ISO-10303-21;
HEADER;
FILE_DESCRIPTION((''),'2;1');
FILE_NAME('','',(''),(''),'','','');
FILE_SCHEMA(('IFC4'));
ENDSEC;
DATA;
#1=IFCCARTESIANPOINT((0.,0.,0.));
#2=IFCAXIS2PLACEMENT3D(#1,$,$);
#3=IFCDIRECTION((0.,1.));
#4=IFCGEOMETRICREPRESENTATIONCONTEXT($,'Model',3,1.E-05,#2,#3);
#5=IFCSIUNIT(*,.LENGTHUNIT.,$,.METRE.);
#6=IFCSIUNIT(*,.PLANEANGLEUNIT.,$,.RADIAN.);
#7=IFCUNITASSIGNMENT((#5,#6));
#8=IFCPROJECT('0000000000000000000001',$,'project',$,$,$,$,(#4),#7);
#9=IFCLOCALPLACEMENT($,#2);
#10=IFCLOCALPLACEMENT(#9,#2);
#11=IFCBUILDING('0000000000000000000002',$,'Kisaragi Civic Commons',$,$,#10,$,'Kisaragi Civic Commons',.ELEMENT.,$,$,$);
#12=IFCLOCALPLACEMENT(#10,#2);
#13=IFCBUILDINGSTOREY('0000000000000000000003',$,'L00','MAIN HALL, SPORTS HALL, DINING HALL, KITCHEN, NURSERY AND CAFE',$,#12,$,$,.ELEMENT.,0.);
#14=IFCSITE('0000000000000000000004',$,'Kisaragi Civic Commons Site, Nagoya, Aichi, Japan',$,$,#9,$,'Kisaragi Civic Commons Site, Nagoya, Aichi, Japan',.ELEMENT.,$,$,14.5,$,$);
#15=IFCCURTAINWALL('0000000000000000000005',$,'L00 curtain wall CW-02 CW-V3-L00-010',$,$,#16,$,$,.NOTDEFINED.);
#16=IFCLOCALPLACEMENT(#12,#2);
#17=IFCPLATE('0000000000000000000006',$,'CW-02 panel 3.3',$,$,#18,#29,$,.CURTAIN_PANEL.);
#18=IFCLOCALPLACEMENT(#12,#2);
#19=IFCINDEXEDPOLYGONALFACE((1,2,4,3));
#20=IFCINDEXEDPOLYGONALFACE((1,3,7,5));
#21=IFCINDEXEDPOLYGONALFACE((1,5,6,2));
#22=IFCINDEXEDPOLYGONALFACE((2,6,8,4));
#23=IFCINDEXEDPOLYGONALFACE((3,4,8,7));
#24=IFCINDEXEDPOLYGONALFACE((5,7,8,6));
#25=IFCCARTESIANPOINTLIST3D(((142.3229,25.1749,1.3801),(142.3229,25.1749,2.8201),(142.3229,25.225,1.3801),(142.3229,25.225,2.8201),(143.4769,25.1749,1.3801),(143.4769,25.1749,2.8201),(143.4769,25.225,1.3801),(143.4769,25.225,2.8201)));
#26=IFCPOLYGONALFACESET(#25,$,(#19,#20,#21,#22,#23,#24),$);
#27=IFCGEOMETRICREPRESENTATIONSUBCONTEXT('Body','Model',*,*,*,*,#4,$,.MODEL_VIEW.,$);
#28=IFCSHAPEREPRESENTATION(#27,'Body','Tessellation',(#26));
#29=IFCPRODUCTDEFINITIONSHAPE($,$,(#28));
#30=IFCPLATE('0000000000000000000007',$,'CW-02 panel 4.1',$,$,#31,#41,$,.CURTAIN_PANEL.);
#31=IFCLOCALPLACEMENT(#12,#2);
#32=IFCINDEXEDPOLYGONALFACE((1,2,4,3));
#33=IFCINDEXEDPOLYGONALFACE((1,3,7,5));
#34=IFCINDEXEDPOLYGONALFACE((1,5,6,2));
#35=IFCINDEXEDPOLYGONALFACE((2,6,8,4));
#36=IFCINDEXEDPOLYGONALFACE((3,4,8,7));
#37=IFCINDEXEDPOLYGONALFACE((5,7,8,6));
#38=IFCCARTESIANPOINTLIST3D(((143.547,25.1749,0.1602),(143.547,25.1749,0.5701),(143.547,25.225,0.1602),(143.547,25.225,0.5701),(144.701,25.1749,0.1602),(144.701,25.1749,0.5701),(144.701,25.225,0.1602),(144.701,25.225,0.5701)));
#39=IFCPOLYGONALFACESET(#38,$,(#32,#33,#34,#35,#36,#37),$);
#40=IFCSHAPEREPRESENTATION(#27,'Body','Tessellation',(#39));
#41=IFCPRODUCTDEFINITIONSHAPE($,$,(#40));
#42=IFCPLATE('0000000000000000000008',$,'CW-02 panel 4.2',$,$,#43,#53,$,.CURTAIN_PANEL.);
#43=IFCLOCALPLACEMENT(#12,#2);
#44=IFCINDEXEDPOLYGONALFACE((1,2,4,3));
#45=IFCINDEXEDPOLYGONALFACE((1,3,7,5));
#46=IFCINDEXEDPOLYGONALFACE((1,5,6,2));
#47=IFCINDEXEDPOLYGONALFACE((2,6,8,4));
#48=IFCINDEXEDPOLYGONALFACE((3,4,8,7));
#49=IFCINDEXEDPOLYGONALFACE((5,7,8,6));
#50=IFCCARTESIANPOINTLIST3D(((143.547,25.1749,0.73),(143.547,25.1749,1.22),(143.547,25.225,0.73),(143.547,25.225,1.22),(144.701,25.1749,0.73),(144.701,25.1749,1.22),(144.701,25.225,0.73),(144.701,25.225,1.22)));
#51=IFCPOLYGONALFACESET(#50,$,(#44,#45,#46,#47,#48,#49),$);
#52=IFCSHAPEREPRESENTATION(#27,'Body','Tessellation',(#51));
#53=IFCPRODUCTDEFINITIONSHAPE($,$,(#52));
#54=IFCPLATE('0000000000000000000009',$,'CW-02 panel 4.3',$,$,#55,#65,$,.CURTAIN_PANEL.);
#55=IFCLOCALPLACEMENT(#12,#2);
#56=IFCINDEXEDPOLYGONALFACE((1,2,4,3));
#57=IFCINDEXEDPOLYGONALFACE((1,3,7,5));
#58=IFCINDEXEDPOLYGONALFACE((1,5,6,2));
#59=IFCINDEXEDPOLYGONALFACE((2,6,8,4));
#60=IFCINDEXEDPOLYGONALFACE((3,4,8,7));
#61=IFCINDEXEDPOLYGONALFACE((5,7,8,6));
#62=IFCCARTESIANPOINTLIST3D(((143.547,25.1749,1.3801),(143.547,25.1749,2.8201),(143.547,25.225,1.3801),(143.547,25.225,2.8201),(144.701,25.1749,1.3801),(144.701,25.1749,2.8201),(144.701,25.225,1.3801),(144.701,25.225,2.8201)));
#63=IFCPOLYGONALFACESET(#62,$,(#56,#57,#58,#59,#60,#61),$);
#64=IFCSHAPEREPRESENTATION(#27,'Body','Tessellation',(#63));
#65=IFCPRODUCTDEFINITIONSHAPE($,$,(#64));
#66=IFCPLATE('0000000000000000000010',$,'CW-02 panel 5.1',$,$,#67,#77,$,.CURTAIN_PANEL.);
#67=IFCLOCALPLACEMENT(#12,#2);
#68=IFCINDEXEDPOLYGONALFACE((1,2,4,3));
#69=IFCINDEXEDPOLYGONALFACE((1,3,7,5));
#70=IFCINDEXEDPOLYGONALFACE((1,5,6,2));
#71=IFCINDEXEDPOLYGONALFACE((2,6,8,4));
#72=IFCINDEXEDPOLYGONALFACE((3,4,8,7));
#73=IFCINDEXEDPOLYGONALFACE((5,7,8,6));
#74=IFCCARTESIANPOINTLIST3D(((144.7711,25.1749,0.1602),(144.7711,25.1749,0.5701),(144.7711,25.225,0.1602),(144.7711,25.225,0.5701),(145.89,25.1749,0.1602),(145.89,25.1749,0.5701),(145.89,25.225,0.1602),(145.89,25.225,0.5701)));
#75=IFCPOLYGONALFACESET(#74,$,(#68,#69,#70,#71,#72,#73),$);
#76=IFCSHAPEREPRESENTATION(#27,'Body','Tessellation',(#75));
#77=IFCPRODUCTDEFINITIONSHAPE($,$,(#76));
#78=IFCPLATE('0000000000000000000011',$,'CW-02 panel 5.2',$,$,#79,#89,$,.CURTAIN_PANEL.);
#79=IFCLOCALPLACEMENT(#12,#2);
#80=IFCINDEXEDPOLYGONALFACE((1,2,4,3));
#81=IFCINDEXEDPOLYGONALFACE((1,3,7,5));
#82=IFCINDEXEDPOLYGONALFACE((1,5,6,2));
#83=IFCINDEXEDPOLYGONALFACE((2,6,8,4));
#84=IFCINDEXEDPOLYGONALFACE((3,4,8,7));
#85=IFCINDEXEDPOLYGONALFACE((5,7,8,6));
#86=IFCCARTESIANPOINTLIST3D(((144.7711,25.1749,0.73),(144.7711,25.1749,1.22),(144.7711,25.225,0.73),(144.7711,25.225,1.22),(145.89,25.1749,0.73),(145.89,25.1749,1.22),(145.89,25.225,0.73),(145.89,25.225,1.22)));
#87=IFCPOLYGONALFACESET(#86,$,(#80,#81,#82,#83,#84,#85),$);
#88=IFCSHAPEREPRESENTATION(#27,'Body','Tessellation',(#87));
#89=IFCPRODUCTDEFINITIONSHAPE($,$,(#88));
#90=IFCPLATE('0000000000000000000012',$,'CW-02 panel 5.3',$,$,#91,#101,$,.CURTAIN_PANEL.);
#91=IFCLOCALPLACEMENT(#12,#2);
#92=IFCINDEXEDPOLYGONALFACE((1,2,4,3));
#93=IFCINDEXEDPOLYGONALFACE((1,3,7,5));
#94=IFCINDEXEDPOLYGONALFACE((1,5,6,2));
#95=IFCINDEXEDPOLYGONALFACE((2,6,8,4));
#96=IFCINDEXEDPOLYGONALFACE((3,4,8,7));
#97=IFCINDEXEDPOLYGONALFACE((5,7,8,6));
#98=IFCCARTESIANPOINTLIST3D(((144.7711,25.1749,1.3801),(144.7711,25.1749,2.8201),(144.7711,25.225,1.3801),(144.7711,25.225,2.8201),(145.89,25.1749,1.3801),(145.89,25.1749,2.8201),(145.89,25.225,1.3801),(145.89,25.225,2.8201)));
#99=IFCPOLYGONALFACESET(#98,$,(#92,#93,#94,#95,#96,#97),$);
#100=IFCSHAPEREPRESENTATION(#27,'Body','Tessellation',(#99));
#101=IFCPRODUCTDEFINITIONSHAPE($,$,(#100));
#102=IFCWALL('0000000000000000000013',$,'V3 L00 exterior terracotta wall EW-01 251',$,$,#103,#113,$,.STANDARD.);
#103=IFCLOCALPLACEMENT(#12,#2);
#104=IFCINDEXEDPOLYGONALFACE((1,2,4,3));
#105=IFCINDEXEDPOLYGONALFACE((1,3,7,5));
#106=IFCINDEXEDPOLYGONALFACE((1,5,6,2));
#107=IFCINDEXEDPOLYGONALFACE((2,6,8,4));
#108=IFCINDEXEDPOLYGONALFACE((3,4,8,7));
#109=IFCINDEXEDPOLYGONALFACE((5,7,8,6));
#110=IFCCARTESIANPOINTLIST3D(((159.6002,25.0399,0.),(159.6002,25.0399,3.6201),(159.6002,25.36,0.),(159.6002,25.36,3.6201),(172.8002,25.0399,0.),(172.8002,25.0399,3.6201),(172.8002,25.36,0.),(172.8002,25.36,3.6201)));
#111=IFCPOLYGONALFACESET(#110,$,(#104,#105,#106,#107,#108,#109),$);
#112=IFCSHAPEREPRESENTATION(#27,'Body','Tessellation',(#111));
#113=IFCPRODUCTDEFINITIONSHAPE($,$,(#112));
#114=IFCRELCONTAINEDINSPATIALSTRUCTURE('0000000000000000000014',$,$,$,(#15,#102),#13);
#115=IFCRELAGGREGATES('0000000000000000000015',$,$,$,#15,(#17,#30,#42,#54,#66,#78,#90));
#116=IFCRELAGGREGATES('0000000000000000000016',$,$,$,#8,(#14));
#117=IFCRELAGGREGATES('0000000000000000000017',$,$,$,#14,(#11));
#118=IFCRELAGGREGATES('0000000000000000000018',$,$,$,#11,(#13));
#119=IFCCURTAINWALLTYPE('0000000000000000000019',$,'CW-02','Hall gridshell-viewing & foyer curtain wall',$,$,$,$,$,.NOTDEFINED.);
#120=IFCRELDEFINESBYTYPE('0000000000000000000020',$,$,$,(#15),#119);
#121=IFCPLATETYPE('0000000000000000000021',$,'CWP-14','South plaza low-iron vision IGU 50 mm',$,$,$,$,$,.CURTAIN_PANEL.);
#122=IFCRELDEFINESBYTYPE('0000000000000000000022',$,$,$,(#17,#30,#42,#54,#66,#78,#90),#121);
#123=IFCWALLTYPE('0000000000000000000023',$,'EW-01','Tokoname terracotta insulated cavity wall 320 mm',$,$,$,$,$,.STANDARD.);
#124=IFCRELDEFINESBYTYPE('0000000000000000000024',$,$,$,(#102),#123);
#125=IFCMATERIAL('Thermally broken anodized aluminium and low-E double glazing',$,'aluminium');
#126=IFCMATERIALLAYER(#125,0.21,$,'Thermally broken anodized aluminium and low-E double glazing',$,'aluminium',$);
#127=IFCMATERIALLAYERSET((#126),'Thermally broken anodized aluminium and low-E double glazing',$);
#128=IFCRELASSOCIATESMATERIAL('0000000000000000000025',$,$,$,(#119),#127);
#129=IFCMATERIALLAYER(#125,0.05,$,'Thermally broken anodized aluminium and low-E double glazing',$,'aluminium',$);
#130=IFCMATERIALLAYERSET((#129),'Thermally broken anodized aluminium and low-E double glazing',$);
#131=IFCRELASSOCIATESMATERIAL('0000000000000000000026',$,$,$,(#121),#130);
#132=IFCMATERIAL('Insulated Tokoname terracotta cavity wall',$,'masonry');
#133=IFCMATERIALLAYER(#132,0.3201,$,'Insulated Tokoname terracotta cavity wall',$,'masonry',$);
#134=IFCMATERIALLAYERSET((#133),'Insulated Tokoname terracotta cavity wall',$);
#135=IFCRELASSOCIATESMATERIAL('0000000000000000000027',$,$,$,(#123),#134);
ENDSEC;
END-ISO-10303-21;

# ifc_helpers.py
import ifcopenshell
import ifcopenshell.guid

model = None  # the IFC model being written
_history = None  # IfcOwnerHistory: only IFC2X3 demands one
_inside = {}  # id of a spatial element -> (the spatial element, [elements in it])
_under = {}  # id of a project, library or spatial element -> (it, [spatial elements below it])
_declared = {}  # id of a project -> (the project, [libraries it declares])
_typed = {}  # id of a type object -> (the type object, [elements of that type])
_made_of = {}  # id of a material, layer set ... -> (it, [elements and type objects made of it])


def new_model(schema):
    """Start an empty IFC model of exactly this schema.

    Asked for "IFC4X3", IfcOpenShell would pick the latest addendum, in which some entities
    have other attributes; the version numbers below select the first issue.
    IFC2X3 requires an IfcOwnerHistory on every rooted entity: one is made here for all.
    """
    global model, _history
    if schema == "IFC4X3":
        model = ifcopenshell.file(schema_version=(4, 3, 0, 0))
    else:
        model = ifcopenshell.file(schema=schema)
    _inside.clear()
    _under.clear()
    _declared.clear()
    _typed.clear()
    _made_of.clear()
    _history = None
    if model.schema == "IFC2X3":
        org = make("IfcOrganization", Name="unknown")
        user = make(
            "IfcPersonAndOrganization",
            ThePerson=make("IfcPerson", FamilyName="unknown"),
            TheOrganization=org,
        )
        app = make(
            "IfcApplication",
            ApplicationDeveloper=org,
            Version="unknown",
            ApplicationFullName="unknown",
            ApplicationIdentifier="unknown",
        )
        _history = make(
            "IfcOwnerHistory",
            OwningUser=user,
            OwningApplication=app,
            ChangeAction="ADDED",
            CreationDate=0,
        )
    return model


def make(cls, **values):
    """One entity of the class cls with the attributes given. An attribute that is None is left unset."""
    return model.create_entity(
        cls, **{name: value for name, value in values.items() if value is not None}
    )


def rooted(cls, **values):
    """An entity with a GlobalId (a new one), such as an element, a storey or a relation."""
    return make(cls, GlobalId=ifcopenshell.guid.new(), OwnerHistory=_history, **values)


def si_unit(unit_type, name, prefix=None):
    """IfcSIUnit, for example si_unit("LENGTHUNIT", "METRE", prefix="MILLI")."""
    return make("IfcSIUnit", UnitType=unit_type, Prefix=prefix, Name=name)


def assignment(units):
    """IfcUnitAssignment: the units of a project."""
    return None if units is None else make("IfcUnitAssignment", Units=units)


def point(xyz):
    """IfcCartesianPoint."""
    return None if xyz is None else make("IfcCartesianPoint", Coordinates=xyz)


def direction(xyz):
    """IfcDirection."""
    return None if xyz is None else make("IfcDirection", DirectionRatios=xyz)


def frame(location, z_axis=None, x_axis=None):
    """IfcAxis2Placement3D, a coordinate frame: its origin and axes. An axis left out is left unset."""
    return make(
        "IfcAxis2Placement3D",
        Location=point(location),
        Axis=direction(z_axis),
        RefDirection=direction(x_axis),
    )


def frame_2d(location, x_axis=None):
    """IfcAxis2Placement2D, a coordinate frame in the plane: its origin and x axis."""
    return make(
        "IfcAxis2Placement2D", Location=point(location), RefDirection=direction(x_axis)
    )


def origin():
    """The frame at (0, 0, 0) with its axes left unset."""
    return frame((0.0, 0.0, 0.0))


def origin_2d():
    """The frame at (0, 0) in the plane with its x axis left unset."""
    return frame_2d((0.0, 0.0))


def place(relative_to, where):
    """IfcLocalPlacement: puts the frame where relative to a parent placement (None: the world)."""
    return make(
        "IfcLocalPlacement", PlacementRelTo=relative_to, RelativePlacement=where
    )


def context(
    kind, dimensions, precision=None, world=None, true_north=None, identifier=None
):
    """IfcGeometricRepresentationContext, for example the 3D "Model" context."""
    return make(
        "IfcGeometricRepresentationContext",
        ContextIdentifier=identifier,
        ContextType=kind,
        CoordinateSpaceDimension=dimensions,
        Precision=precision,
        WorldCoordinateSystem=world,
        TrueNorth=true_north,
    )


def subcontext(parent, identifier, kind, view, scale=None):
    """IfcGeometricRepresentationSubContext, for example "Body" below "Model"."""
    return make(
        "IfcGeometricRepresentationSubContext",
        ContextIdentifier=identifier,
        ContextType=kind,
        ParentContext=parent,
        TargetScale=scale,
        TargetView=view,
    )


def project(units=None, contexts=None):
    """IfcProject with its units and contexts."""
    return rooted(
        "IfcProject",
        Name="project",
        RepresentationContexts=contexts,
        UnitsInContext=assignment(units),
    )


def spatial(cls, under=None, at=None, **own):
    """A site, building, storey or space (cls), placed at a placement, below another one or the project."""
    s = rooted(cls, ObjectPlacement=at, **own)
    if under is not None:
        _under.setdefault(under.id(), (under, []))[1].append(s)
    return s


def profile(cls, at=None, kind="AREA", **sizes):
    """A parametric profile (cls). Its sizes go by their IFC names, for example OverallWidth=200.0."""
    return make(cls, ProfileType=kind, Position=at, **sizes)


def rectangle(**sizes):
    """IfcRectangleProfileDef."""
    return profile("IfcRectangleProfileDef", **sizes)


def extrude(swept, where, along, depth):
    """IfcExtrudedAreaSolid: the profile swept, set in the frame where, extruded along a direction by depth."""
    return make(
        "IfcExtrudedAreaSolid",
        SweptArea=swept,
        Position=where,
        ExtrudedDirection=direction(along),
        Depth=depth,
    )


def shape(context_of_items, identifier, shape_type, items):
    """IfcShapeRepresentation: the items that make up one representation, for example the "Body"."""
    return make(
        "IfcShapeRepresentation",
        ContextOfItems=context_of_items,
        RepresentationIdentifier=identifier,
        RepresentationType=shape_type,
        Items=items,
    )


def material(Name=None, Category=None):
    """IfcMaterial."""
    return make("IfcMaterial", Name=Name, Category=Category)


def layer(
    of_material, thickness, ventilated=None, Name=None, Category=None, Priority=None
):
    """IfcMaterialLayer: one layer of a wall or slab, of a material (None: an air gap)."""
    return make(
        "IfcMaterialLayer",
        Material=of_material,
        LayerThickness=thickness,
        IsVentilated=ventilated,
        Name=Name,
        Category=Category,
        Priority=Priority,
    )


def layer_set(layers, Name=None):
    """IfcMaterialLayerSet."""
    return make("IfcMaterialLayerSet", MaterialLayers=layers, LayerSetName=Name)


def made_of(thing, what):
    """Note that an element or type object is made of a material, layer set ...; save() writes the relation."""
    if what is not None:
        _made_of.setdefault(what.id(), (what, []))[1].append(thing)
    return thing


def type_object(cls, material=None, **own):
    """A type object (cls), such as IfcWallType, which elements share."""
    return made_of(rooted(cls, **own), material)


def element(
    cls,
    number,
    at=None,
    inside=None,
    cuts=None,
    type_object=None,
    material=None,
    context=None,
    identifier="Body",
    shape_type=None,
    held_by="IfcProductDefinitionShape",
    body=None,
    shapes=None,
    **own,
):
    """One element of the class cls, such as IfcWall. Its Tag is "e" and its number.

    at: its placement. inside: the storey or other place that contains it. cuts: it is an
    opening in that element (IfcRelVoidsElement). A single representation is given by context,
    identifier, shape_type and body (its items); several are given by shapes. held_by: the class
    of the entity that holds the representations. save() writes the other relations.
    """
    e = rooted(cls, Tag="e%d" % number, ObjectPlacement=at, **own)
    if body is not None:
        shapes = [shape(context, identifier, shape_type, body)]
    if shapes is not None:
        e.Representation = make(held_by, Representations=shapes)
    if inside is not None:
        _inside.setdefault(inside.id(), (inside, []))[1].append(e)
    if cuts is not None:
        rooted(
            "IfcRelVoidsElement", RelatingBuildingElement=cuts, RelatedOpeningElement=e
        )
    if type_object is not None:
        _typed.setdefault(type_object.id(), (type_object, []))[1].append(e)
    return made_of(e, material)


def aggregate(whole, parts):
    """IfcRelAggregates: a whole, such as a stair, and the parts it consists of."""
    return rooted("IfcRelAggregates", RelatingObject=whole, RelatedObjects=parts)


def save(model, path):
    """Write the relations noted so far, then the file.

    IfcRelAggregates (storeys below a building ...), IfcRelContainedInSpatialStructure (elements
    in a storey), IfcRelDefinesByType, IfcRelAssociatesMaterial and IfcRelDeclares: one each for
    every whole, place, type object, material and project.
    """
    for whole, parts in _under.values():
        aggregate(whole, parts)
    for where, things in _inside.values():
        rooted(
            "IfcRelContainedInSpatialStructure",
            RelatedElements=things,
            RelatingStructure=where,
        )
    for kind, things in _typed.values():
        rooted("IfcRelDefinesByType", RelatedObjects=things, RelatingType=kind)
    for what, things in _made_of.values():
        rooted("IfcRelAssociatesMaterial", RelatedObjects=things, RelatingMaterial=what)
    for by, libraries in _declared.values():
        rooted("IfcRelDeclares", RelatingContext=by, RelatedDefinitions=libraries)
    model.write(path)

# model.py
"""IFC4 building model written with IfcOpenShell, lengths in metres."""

from ifc_helpers import new_model, si_unit, direction, frame, frame_2d, origin, origin_2d, place, context, subcontext, project, spatial, rectangle, extrude, material, layer, layer_set, type_object, element, aggregate, save


model = new_model("IFC4")

# Units and contexts
model_context = context("Model", 3, precision=1e-05, world=origin(), true_north=direction((0.0, 1.0)))
body_context = subcontext(model_context, "Body", "Model", "MODEL_VIEW")
ifc_project = project(units=[si_unit("LENGTHUNIT", "METRE"), si_unit("PLANEANGLEUNIT", "RADIAN")], contexts=[model_context])

# Site, building, storey
site_placement = place(None, origin())
site = spatial("IfcSite", under=ifc_project, at=site_placement, Name="Kisaragi Civic Commons Site, Nagoya, Aichi, Japan", LongName="Kisaragi Civic Commons Site, Nagoya, Aichi, Japan", CompositionType="ELEMENT", RefElevation=14.5)
building_placement = place(site_placement, origin())
building = spatial("IfcBuilding", under=site, at=building_placement, Name="Kisaragi Civic Commons", LongName="Kisaragi Civic Commons", CompositionType="ELEMENT")
storey_placement = place(building_placement, origin())
storey = spatial("IfcBuildingStorey", under=building, at=storey_placement, Name="L00", Description="MAIN HALL, SPORTS HALL, DINING HALL, KITCHEN, NURSERY AND CAFE", CompositionType="ELEMENT", Elevation=0.0)

# Curtain wall
ifc_material_1 = material(Name="Thermally broken anodized aluminium and low-E double glazing", Category="aluminium")
ifc_layer_1 = layer(ifc_material_1, 0.21, Name="Thermally broken anodized aluminium and low-E double glazing", Category="aluminium")
ifc_layer_set_1 = layer_set([ifc_layer_1], Name="Thermally broken anodized aluminium and low-E double glazing")
curtain_wall_type = type_object("IfcCurtainWallType", Name="CW-02", Description="Hall gridshell-viewing & foyer curtain wall", PredefinedType="NOTDEFINED", material=ifc_layer_set_1)
curtain_wall_placement = place(storey_placement, origin())
curtain_wall = element("IfcCurtainWall", 1, at=curtain_wall_placement, inside=storey, type_object=curtain_wall_type, Name="L00 curtain wall CW-02 CW-V3-L00-010", PredefinedType="NOTDEFINED")

# Plates
ifc_layer_2 = layer(ifc_material_1, 0.05, Name="Thermally broken anodized aluminium and low-E double glazing", Category="aluminium")
ifc_layer_set_2 = layer_set([ifc_layer_2], Name="Thermally broken anodized aluminium and low-E double glazing")
plate_type = type_object("IfcPlateType", Name="CWP-14", Description="South plaza low-iron vision IGU 50 mm", PredefinedType="CURTAIN_PANEL", material=ifc_layer_set_2)
plate_1_placement = place(storey_placement, frame((142.8999, 25.2, 1.3801), z_axis=(0.0, 0.0, 1.0), x_axis=(1.0, 0.0, 0.0)))
plate_1 = element("IfcPlate", 2, at=plate_1_placement, type_object=plate_type, Name="CW-02 panel 3.3", PredefinedType="CURTAIN_PANEL", context=body_context, shape_type="SweptSolid", body=[
    extrude(rectangle(XDim=1.1541, YDim=0.05, at=origin_2d()), origin(), (0.0, 0.0, 1.0), 1.4399),
])
plate_2_placement = place(storey_placement, frame((144.124, 25.2, 0.1602), z_axis=(0.0, 0.0, 1.0), x_axis=(1.0, 0.0, 0.0)))
plate_2 = element("IfcPlate", 3, at=plate_2_placement, type_object=plate_type, Name="CW-02 panel 4.1", PredefinedType="CURTAIN_PANEL", context=body_context, shape_type="SweptSolid", body=[
    extrude(rectangle(XDim=1.1541, YDim=0.05, at=origin_2d()), origin(), (0.0, 0.0, 1.0), 0.4099),
])
plate_3_placement = place(storey_placement, frame((144.124, 25.2, 0.73), z_axis=(0.0, 0.0, 1.0), x_axis=(1.0, 0.0, 0.0)))
plate_3 = element("IfcPlate", 4, at=plate_3_placement, type_object=plate_type, Name="CW-02 panel 4.2", PredefinedType="CURTAIN_PANEL", context=body_context, shape_type="SweptSolid", body=[
    extrude(rectangle(XDim=1.1541, YDim=0.05, at=origin_2d()), origin(), (0.0, 0.0, 1.0), 0.49),
])
plate_4_placement = place(storey_placement, frame((144.124, 25.2, 1.3801), z_axis=(0.0, 0.0, 1.0), x_axis=(1.0, 0.0, 0.0)))
plate_4 = element("IfcPlate", 5, at=plate_4_placement, type_object=plate_type, Name="CW-02 panel 4.3", PredefinedType="CURTAIN_PANEL", context=body_context, shape_type="SweptSolid", body=[
    extrude(rectangle(XDim=1.1541, YDim=0.05, at=origin_2d()), origin(), (0.0, 0.0, 1.0), 1.4399),
])
plate_5_placement = place(storey_placement, frame((145.3306, 25.2, 0.1602), z_axis=(0.0, 0.0, 1.0), x_axis=(1.0, 0.0, 0.0)))
plate_5 = element("IfcPlate", 6, at=plate_5_placement, type_object=plate_type, Name="CW-02 panel 5.1", PredefinedType="CURTAIN_PANEL", context=body_context, shape_type="SweptSolid", body=[
    extrude(rectangle(XDim=1.1189, YDim=0.05, at=origin_2d()), origin(), (0.0, 0.0, 1.0), 0.4099),
])
plate_6_placement = place(storey_placement, frame((145.3306, 25.2, 0.73), z_axis=(0.0, 0.0, 1.0), x_axis=(1.0, 0.0, 0.0)))
plate_6 = element("IfcPlate", 7, at=plate_6_placement, type_object=plate_type, Name="CW-02 panel 5.2", PredefinedType="CURTAIN_PANEL", context=body_context, shape_type="SweptSolid", body=[
    extrude(rectangle(XDim=1.1189, YDim=0.05, at=origin_2d()), origin(), (0.0, 0.0, 1.0), 0.49),
])
plate_7_placement = place(storey_placement, frame((145.3306, 25.2, 1.3801), z_axis=(0.0, 0.0, 1.0), x_axis=(1.0, 0.0, 0.0)))
plate_7 = element("IfcPlate", 8, at=plate_7_placement, type_object=plate_type, Name="CW-02 panel 5.3", PredefinedType="CURTAIN_PANEL", context=body_context, shape_type="SweptSolid", body=[
    extrude(rectangle(XDim=1.1189, YDim=0.05, at=origin_2d()), origin(), (0.0, 0.0, 1.0), 1.4399),
])
aggregate(curtain_wall, [plate_1, plate_2, plate_3, plate_4, plate_5, plate_6, plate_7])

# Shared definitions
ifc_material_2 = material(Name="Insulated Tokoname terracotta cavity wall", Category="masonry")
ifc_layer_3 = layer(ifc_material_2, 0.3201, Name="Insulated Tokoname terracotta cavity wall", Category="masonry")
ifc_layer_set_3 = layer_set([ifc_layer_3], Name="Insulated Tokoname terracotta cavity wall")
wall_type = type_object("IfcWallType", Name="EW-01", Description="Tokoname terracotta insulated cavity wall 320 mm", PredefinedType="STANDARD", material=ifc_layer_set_3)

# Wall
wall_1_placement = place(storey_placement, frame((159.6001, 25.2, 0.0), z_axis=(0.0, 0.0, 1.0), x_axis=(1.0, 0.0, 0.0)))
element("IfcWall", 9, at=wall_1_placement, inside=storey, type_object=wall_type, Name="V3 L00 exterior terracotta wall EW-01 251", PredefinedType="STANDARD", context=body_context, shape_type="SweptSolid", body=[
    extrude(rectangle(XDim=13.2, YDim=0.3201, at=frame_2d((6.6001, 0.0))), origin(), (0.0, 0.0, 1.0), 3.6201),
])

save(model, "model.ifc")
